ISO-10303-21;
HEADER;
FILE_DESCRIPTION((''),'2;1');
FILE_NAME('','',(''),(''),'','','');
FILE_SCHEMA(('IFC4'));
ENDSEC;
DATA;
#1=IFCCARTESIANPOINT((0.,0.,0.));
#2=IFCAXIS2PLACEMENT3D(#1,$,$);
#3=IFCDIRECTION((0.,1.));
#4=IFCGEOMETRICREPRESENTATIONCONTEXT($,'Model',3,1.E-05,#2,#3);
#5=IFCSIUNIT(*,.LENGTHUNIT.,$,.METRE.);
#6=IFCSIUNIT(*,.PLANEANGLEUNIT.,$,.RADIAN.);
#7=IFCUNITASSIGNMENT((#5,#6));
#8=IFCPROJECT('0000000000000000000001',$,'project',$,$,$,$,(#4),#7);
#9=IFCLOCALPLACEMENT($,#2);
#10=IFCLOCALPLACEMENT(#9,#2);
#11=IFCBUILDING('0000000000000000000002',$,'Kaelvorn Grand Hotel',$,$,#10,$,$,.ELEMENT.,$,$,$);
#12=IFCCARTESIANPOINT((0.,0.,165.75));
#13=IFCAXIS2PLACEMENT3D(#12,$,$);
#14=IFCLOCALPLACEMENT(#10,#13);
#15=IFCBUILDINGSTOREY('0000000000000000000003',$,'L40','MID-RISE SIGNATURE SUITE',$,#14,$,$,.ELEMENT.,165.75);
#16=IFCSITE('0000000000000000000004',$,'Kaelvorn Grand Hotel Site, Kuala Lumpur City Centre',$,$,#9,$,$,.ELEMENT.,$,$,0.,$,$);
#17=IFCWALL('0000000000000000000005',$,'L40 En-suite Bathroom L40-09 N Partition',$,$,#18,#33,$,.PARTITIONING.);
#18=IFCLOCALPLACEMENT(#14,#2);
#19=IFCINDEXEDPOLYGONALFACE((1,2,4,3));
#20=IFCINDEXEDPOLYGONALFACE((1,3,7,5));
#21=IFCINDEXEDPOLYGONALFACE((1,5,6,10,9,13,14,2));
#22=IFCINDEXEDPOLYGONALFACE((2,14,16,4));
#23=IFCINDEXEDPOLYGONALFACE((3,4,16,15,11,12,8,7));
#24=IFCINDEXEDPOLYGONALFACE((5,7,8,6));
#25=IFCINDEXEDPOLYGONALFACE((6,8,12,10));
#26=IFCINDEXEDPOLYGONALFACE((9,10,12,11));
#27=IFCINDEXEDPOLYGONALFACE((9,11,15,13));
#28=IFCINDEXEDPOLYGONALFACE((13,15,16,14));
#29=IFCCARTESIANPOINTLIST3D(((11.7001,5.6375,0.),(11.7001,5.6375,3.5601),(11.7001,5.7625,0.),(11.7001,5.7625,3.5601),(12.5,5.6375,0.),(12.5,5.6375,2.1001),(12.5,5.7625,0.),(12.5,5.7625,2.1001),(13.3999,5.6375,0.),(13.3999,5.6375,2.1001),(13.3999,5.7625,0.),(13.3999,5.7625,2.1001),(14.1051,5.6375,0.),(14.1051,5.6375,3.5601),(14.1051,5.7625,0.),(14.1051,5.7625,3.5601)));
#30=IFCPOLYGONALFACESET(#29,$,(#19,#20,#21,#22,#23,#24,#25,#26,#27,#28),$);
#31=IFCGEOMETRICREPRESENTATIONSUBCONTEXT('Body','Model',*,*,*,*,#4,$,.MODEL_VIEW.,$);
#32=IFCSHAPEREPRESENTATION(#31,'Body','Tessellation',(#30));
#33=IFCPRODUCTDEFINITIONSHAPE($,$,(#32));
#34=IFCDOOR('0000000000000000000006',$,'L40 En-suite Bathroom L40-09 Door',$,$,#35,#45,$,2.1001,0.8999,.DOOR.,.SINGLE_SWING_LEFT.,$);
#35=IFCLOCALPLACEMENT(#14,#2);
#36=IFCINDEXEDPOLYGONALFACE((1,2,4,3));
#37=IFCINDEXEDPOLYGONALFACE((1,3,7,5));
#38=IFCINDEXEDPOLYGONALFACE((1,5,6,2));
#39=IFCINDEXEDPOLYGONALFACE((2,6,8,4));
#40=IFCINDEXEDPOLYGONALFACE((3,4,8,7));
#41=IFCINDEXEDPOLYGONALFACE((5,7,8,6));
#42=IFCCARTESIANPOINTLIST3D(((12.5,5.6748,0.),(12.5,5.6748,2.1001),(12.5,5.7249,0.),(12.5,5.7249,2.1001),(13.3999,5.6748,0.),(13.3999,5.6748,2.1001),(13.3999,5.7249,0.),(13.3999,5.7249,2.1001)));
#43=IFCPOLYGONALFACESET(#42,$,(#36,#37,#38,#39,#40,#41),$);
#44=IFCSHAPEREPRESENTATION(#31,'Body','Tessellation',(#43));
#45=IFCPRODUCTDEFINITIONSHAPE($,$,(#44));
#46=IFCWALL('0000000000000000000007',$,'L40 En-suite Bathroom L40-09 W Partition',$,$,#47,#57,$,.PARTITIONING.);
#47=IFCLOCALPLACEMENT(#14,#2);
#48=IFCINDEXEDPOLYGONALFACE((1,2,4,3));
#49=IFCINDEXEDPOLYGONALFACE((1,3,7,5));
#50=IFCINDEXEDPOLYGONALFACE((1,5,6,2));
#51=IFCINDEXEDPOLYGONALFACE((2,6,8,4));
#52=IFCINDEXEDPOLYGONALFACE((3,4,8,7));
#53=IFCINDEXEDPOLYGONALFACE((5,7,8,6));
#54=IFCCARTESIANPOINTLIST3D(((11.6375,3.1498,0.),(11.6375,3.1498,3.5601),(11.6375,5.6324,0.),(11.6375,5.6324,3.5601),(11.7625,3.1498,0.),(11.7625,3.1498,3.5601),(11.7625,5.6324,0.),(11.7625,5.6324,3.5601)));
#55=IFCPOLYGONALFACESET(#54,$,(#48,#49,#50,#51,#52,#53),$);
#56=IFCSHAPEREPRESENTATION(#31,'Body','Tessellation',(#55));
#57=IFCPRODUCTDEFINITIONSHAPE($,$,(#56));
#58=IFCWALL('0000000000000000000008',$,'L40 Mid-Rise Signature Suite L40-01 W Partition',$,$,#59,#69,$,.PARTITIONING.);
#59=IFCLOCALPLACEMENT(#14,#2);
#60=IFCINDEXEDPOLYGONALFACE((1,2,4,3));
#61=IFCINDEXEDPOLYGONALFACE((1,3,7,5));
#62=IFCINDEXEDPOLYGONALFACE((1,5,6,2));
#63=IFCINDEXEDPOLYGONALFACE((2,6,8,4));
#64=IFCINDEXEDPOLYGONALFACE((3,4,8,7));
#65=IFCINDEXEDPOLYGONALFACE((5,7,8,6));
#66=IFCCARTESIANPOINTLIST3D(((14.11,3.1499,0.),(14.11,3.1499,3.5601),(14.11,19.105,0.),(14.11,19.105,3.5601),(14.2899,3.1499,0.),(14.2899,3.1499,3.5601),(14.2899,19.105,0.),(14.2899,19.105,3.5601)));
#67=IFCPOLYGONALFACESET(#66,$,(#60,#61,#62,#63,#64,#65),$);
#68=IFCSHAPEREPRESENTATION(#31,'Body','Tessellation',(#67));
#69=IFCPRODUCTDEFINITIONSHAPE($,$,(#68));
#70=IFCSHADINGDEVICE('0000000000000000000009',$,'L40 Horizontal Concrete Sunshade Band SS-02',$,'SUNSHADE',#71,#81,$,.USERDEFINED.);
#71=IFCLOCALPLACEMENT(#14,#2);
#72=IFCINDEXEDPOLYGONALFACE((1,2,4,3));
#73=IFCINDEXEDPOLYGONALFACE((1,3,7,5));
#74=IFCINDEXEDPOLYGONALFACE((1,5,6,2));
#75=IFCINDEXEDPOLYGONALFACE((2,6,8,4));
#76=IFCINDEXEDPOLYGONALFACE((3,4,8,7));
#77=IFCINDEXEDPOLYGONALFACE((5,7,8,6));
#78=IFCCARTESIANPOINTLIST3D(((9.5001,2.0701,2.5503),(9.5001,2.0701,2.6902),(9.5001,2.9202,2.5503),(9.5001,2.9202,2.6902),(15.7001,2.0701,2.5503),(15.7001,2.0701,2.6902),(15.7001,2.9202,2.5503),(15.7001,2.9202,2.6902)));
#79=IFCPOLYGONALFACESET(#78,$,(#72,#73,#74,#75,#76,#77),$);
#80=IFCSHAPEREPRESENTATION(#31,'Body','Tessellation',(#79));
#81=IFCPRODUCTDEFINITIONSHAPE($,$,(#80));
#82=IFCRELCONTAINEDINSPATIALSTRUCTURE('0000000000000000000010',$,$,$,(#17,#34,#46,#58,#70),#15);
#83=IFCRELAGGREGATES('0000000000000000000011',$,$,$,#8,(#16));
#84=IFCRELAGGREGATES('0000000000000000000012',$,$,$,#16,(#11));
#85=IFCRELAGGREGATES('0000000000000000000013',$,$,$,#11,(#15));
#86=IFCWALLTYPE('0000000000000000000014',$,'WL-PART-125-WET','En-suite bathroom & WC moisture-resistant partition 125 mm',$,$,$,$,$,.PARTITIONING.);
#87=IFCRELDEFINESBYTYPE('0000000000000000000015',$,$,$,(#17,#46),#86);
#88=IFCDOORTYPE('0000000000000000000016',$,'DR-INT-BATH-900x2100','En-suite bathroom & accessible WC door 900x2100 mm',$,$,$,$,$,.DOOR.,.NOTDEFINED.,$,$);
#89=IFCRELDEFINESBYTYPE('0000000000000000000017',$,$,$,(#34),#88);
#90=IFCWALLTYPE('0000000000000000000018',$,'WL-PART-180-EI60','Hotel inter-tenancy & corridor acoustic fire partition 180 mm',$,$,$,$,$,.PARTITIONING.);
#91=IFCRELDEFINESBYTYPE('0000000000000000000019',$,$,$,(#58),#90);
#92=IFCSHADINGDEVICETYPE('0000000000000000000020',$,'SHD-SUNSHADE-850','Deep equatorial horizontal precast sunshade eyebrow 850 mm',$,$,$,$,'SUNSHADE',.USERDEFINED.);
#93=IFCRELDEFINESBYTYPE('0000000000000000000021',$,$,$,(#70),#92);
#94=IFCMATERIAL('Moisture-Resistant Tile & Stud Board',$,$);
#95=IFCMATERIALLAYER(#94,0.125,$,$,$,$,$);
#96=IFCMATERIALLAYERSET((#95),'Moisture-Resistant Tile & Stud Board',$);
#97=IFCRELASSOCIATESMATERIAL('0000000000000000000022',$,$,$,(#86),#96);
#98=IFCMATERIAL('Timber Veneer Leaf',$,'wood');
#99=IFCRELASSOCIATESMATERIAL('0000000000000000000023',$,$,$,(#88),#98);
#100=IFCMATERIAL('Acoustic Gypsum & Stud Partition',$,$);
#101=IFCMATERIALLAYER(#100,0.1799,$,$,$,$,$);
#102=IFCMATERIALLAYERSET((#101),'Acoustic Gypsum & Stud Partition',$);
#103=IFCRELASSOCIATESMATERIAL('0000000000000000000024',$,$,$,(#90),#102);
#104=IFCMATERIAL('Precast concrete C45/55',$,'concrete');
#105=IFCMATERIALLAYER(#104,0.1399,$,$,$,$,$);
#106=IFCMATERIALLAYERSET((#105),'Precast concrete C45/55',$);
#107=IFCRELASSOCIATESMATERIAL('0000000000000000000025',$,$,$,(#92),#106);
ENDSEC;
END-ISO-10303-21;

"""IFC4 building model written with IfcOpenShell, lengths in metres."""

from ifc_helpers import new_model, si_unit, direction, frame, frame_2d, origin, origin_2d, place, context, subcontext, project, spatial, rectangle, extrude, material, layer, layer_set, type_object, element, fill, save


model = new_model("IFC4")

# Units and contexts
model_context = context("Model", 3, precision=1e-05, world=origin(), true_north=direction((0.0, 1.0)))
body_context = subcontext(model_context, "Body", "Model", "MODEL_VIEW")
ifc_project = project(units=[si_unit("LENGTHUNIT", "METRE"), si_unit("PLANEANGLEUNIT", "RADIAN")], contexts=[model_context])

# Site, building, storey
site_placement = place(None, origin())
site = spatial("IfcSite", under=ifc_project, at=site_placement, Name="Kaelvorn Grand Hotel Site, Kuala Lumpur City Centre", CompositionType="ELEMENT", RefElevation=0.0)
building_placement = place(site_placement, origin())
building = spatial("IfcBuilding", under=site, at=building_placement, Name="Kaelvorn Grand Hotel", CompositionType="ELEMENT")
storey_placement = place(building_placement, frame((0.0, 0.0, 165.75)))
storey = spatial("IfcBuildingStorey", under=building, at=storey_placement, Name="L40", Description="MID-RISE SIGNATURE SUITE", CompositionType="ELEMENT", Elevation=165.75)

# Wall, opening, door
ifc_material_1 = material(Name="Moisture-Resistant Tile & Stud Board")
ifc_layer_1 = layer(ifc_material_1, 0.125)
ifc_layer_set_1 = layer_set([ifc_layer_1], Name="Moisture-Resistant Tile & Stud Board")
wall_type_1 = type_object("IfcWallType", Name="WL-PART-125-WET", Description="En-suite bathroom & WC moisture-resistant partition 125 mm", PredefinedType="PARTITIONING", material=ifc_layer_set_1)
wall_1_placement = place(storey_placement, frame((11.7, 5.7, 0.0), z_axis=(0.0, 0.0, 1.0), x_axis=(1.0, 0.0, 0.0)))
wall_1 = element("IfcWall", 1, at=wall_1_placement, inside=storey, type_object=wall_type_1, Name="L40 En-suite Bathroom L40-09 N Partition", PredefinedType="PARTITIONING", context=body_context, shape_type="SweptSolid", body=[
    extrude(rectangle(XDim=2.405, YDim=0.125, at=frame_2d((1.2026, 0.0))), origin(), (0.0, 0.0, 1.0), 3.5601),
])
opening_1_placement = place(wall_1_placement, frame((0.8, 0.0, 0.0)))
opening_1 = element("IfcOpeningElement", 2, at=opening_1_placement, cuts=wall_1, PredefinedType="OPENING", context=body_context, shape_type="SweptSolid", body=[
    extrude(rectangle(XDim=0.8999, YDim=2.1001, at=frame_2d((0.45, 1.05))), frame((0.0, 0.0725, 0.0), z_axis=(0.0, -1.0, 0.0), x_axis=(1.0, 0.0, 0.0)), (0.0, 0.0, 1.0), 0.145),
])
ifc_material_2 = material(Name="Timber Veneer Leaf", Category="wood")
door_type_1 = type_object("IfcDoorType", Name="DR-INT-BATH-900x2100", Description="En-suite bathroom & accessible WC door 900x2100 mm", OperationType="NOTDEFINED", PredefinedType="DOOR", material=ifc_material_2)
door_1_placement = place(opening_1_placement, origin())
door_1 = element("IfcDoor", 3, at=door_1_placement, inside=storey, type_object=door_type_1, Name="L40 En-suite Bathroom L40-09 Door", OperationType="SINGLE_SWING_LEFT", OverallHeight=2.1001, OverallWidth=0.8999, PredefinedType="DOOR", context=body_context, shape_type="SweptSolid", body=[
    extrude(rectangle(XDim=0.8999, YDim=2.1001, at=frame_2d((0.45, 1.05))), frame((0.0, 0.0249, 0.0), z_axis=(0.0, -1.0, 0.0), x_axis=(1.0, 0.0, 0.0)), (0.0, 0.0, 1.0), 0.05),
])
fill(opening_1, door_1)

# Walls
wall_2_placement = place(storey_placement, frame((11.7, 3.1499, 0.0), z_axis=(0.0, 0.0, 1.0), x_axis=(0.0, 1.0, 0.0)))
element("IfcWall", 4, at=wall_2_placement, inside=storey, type_object=wall_type_1, Name="L40 En-suite Bathroom L40-09 W Partition", PredefinedType="PARTITIONING", context=body_context, shape_type="SweptSolid", body=[
    extrude(rectangle(XDim=2.4827, YDim=0.125, at=frame_2d((1.2412, 0.0))), origin(), (0.0, 0.0, 1.0), 3.5601),
])
ifc_material_3 = material(Name="Acoustic Gypsum & Stud Partition")
ifc_layer_2 = layer(ifc_material_3, 0.1799)
ifc_layer_set_2 = layer_set([ifc_layer_2], Name="Acoustic Gypsum & Stud Partition")
wall_type_2 = type_object("IfcWallType", Name="WL-PART-180-EI60", Description="Hotel inter-tenancy & corridor acoustic fire partition 180 mm", PredefinedType="PARTITIONING", material=ifc_layer_set_2)
wall_3_placement = place(storey_placement, frame((14.2, 3.1499, 0.0), z_axis=(0.0, 0.0, 1.0), x_axis=(0.0, 1.0, 0.0)))
element("IfcWall", 5, at=wall_3_placement, inside=storey, type_object=wall_type_2, Name="L40 Mid-Rise Signature Suite L40-01 W Partition", PredefinedType="PARTITIONING", context=body_context, shape_type="SweptSolid", body=[
    extrude(rectangle(XDim=15.9551, YDim=0.1799, at=frame_2d((7.9775, 0.0))), origin(), (0.0, 0.0, 1.0), 3.5601),
])

# Shading device
ifc_material_4 = material(Name="Precast concrete C45/55", Category="concrete")
ifc_layer_3 = layer(ifc_material_4, 0.1399)
ifc_layer_set_3 = layer_set([ifc_layer_3], Name="Precast concrete C45/55")
shading_device_type = type_object("IfcShadingDeviceType", Name="SHD-SUNSHADE-850", Description="Deep equatorial horizontal precast sunshade eyebrow 850 mm", ElementType="SUNSHADE", PredefinedType="USERDEFINED", material=ifc_layer_set_3)
shading_device_placement = place(storey_placement, frame((12.6001, 2.4951, 2.5503), z_axis=(0.0, 0.0, 1.0), x_axis=(1.0, 0.0, 0.0)))
element("IfcShadingDevice", 6, at=shading_device_placement, inside=storey, type_object=shading_device_type, Name="L40 Horizontal Concrete Sunshade Band SS-02", ObjectType="SUNSHADE", PredefinedType="USERDEFINED", context=body_context, shape_type="SweptSolid", body=[
    extrude(rectangle(XDim=6.2, YDim=0.8501, at=origin_2d()), origin(), (0.0, 0.0, 1.0), 0.1399),
])

save(model, "model.ifc")
